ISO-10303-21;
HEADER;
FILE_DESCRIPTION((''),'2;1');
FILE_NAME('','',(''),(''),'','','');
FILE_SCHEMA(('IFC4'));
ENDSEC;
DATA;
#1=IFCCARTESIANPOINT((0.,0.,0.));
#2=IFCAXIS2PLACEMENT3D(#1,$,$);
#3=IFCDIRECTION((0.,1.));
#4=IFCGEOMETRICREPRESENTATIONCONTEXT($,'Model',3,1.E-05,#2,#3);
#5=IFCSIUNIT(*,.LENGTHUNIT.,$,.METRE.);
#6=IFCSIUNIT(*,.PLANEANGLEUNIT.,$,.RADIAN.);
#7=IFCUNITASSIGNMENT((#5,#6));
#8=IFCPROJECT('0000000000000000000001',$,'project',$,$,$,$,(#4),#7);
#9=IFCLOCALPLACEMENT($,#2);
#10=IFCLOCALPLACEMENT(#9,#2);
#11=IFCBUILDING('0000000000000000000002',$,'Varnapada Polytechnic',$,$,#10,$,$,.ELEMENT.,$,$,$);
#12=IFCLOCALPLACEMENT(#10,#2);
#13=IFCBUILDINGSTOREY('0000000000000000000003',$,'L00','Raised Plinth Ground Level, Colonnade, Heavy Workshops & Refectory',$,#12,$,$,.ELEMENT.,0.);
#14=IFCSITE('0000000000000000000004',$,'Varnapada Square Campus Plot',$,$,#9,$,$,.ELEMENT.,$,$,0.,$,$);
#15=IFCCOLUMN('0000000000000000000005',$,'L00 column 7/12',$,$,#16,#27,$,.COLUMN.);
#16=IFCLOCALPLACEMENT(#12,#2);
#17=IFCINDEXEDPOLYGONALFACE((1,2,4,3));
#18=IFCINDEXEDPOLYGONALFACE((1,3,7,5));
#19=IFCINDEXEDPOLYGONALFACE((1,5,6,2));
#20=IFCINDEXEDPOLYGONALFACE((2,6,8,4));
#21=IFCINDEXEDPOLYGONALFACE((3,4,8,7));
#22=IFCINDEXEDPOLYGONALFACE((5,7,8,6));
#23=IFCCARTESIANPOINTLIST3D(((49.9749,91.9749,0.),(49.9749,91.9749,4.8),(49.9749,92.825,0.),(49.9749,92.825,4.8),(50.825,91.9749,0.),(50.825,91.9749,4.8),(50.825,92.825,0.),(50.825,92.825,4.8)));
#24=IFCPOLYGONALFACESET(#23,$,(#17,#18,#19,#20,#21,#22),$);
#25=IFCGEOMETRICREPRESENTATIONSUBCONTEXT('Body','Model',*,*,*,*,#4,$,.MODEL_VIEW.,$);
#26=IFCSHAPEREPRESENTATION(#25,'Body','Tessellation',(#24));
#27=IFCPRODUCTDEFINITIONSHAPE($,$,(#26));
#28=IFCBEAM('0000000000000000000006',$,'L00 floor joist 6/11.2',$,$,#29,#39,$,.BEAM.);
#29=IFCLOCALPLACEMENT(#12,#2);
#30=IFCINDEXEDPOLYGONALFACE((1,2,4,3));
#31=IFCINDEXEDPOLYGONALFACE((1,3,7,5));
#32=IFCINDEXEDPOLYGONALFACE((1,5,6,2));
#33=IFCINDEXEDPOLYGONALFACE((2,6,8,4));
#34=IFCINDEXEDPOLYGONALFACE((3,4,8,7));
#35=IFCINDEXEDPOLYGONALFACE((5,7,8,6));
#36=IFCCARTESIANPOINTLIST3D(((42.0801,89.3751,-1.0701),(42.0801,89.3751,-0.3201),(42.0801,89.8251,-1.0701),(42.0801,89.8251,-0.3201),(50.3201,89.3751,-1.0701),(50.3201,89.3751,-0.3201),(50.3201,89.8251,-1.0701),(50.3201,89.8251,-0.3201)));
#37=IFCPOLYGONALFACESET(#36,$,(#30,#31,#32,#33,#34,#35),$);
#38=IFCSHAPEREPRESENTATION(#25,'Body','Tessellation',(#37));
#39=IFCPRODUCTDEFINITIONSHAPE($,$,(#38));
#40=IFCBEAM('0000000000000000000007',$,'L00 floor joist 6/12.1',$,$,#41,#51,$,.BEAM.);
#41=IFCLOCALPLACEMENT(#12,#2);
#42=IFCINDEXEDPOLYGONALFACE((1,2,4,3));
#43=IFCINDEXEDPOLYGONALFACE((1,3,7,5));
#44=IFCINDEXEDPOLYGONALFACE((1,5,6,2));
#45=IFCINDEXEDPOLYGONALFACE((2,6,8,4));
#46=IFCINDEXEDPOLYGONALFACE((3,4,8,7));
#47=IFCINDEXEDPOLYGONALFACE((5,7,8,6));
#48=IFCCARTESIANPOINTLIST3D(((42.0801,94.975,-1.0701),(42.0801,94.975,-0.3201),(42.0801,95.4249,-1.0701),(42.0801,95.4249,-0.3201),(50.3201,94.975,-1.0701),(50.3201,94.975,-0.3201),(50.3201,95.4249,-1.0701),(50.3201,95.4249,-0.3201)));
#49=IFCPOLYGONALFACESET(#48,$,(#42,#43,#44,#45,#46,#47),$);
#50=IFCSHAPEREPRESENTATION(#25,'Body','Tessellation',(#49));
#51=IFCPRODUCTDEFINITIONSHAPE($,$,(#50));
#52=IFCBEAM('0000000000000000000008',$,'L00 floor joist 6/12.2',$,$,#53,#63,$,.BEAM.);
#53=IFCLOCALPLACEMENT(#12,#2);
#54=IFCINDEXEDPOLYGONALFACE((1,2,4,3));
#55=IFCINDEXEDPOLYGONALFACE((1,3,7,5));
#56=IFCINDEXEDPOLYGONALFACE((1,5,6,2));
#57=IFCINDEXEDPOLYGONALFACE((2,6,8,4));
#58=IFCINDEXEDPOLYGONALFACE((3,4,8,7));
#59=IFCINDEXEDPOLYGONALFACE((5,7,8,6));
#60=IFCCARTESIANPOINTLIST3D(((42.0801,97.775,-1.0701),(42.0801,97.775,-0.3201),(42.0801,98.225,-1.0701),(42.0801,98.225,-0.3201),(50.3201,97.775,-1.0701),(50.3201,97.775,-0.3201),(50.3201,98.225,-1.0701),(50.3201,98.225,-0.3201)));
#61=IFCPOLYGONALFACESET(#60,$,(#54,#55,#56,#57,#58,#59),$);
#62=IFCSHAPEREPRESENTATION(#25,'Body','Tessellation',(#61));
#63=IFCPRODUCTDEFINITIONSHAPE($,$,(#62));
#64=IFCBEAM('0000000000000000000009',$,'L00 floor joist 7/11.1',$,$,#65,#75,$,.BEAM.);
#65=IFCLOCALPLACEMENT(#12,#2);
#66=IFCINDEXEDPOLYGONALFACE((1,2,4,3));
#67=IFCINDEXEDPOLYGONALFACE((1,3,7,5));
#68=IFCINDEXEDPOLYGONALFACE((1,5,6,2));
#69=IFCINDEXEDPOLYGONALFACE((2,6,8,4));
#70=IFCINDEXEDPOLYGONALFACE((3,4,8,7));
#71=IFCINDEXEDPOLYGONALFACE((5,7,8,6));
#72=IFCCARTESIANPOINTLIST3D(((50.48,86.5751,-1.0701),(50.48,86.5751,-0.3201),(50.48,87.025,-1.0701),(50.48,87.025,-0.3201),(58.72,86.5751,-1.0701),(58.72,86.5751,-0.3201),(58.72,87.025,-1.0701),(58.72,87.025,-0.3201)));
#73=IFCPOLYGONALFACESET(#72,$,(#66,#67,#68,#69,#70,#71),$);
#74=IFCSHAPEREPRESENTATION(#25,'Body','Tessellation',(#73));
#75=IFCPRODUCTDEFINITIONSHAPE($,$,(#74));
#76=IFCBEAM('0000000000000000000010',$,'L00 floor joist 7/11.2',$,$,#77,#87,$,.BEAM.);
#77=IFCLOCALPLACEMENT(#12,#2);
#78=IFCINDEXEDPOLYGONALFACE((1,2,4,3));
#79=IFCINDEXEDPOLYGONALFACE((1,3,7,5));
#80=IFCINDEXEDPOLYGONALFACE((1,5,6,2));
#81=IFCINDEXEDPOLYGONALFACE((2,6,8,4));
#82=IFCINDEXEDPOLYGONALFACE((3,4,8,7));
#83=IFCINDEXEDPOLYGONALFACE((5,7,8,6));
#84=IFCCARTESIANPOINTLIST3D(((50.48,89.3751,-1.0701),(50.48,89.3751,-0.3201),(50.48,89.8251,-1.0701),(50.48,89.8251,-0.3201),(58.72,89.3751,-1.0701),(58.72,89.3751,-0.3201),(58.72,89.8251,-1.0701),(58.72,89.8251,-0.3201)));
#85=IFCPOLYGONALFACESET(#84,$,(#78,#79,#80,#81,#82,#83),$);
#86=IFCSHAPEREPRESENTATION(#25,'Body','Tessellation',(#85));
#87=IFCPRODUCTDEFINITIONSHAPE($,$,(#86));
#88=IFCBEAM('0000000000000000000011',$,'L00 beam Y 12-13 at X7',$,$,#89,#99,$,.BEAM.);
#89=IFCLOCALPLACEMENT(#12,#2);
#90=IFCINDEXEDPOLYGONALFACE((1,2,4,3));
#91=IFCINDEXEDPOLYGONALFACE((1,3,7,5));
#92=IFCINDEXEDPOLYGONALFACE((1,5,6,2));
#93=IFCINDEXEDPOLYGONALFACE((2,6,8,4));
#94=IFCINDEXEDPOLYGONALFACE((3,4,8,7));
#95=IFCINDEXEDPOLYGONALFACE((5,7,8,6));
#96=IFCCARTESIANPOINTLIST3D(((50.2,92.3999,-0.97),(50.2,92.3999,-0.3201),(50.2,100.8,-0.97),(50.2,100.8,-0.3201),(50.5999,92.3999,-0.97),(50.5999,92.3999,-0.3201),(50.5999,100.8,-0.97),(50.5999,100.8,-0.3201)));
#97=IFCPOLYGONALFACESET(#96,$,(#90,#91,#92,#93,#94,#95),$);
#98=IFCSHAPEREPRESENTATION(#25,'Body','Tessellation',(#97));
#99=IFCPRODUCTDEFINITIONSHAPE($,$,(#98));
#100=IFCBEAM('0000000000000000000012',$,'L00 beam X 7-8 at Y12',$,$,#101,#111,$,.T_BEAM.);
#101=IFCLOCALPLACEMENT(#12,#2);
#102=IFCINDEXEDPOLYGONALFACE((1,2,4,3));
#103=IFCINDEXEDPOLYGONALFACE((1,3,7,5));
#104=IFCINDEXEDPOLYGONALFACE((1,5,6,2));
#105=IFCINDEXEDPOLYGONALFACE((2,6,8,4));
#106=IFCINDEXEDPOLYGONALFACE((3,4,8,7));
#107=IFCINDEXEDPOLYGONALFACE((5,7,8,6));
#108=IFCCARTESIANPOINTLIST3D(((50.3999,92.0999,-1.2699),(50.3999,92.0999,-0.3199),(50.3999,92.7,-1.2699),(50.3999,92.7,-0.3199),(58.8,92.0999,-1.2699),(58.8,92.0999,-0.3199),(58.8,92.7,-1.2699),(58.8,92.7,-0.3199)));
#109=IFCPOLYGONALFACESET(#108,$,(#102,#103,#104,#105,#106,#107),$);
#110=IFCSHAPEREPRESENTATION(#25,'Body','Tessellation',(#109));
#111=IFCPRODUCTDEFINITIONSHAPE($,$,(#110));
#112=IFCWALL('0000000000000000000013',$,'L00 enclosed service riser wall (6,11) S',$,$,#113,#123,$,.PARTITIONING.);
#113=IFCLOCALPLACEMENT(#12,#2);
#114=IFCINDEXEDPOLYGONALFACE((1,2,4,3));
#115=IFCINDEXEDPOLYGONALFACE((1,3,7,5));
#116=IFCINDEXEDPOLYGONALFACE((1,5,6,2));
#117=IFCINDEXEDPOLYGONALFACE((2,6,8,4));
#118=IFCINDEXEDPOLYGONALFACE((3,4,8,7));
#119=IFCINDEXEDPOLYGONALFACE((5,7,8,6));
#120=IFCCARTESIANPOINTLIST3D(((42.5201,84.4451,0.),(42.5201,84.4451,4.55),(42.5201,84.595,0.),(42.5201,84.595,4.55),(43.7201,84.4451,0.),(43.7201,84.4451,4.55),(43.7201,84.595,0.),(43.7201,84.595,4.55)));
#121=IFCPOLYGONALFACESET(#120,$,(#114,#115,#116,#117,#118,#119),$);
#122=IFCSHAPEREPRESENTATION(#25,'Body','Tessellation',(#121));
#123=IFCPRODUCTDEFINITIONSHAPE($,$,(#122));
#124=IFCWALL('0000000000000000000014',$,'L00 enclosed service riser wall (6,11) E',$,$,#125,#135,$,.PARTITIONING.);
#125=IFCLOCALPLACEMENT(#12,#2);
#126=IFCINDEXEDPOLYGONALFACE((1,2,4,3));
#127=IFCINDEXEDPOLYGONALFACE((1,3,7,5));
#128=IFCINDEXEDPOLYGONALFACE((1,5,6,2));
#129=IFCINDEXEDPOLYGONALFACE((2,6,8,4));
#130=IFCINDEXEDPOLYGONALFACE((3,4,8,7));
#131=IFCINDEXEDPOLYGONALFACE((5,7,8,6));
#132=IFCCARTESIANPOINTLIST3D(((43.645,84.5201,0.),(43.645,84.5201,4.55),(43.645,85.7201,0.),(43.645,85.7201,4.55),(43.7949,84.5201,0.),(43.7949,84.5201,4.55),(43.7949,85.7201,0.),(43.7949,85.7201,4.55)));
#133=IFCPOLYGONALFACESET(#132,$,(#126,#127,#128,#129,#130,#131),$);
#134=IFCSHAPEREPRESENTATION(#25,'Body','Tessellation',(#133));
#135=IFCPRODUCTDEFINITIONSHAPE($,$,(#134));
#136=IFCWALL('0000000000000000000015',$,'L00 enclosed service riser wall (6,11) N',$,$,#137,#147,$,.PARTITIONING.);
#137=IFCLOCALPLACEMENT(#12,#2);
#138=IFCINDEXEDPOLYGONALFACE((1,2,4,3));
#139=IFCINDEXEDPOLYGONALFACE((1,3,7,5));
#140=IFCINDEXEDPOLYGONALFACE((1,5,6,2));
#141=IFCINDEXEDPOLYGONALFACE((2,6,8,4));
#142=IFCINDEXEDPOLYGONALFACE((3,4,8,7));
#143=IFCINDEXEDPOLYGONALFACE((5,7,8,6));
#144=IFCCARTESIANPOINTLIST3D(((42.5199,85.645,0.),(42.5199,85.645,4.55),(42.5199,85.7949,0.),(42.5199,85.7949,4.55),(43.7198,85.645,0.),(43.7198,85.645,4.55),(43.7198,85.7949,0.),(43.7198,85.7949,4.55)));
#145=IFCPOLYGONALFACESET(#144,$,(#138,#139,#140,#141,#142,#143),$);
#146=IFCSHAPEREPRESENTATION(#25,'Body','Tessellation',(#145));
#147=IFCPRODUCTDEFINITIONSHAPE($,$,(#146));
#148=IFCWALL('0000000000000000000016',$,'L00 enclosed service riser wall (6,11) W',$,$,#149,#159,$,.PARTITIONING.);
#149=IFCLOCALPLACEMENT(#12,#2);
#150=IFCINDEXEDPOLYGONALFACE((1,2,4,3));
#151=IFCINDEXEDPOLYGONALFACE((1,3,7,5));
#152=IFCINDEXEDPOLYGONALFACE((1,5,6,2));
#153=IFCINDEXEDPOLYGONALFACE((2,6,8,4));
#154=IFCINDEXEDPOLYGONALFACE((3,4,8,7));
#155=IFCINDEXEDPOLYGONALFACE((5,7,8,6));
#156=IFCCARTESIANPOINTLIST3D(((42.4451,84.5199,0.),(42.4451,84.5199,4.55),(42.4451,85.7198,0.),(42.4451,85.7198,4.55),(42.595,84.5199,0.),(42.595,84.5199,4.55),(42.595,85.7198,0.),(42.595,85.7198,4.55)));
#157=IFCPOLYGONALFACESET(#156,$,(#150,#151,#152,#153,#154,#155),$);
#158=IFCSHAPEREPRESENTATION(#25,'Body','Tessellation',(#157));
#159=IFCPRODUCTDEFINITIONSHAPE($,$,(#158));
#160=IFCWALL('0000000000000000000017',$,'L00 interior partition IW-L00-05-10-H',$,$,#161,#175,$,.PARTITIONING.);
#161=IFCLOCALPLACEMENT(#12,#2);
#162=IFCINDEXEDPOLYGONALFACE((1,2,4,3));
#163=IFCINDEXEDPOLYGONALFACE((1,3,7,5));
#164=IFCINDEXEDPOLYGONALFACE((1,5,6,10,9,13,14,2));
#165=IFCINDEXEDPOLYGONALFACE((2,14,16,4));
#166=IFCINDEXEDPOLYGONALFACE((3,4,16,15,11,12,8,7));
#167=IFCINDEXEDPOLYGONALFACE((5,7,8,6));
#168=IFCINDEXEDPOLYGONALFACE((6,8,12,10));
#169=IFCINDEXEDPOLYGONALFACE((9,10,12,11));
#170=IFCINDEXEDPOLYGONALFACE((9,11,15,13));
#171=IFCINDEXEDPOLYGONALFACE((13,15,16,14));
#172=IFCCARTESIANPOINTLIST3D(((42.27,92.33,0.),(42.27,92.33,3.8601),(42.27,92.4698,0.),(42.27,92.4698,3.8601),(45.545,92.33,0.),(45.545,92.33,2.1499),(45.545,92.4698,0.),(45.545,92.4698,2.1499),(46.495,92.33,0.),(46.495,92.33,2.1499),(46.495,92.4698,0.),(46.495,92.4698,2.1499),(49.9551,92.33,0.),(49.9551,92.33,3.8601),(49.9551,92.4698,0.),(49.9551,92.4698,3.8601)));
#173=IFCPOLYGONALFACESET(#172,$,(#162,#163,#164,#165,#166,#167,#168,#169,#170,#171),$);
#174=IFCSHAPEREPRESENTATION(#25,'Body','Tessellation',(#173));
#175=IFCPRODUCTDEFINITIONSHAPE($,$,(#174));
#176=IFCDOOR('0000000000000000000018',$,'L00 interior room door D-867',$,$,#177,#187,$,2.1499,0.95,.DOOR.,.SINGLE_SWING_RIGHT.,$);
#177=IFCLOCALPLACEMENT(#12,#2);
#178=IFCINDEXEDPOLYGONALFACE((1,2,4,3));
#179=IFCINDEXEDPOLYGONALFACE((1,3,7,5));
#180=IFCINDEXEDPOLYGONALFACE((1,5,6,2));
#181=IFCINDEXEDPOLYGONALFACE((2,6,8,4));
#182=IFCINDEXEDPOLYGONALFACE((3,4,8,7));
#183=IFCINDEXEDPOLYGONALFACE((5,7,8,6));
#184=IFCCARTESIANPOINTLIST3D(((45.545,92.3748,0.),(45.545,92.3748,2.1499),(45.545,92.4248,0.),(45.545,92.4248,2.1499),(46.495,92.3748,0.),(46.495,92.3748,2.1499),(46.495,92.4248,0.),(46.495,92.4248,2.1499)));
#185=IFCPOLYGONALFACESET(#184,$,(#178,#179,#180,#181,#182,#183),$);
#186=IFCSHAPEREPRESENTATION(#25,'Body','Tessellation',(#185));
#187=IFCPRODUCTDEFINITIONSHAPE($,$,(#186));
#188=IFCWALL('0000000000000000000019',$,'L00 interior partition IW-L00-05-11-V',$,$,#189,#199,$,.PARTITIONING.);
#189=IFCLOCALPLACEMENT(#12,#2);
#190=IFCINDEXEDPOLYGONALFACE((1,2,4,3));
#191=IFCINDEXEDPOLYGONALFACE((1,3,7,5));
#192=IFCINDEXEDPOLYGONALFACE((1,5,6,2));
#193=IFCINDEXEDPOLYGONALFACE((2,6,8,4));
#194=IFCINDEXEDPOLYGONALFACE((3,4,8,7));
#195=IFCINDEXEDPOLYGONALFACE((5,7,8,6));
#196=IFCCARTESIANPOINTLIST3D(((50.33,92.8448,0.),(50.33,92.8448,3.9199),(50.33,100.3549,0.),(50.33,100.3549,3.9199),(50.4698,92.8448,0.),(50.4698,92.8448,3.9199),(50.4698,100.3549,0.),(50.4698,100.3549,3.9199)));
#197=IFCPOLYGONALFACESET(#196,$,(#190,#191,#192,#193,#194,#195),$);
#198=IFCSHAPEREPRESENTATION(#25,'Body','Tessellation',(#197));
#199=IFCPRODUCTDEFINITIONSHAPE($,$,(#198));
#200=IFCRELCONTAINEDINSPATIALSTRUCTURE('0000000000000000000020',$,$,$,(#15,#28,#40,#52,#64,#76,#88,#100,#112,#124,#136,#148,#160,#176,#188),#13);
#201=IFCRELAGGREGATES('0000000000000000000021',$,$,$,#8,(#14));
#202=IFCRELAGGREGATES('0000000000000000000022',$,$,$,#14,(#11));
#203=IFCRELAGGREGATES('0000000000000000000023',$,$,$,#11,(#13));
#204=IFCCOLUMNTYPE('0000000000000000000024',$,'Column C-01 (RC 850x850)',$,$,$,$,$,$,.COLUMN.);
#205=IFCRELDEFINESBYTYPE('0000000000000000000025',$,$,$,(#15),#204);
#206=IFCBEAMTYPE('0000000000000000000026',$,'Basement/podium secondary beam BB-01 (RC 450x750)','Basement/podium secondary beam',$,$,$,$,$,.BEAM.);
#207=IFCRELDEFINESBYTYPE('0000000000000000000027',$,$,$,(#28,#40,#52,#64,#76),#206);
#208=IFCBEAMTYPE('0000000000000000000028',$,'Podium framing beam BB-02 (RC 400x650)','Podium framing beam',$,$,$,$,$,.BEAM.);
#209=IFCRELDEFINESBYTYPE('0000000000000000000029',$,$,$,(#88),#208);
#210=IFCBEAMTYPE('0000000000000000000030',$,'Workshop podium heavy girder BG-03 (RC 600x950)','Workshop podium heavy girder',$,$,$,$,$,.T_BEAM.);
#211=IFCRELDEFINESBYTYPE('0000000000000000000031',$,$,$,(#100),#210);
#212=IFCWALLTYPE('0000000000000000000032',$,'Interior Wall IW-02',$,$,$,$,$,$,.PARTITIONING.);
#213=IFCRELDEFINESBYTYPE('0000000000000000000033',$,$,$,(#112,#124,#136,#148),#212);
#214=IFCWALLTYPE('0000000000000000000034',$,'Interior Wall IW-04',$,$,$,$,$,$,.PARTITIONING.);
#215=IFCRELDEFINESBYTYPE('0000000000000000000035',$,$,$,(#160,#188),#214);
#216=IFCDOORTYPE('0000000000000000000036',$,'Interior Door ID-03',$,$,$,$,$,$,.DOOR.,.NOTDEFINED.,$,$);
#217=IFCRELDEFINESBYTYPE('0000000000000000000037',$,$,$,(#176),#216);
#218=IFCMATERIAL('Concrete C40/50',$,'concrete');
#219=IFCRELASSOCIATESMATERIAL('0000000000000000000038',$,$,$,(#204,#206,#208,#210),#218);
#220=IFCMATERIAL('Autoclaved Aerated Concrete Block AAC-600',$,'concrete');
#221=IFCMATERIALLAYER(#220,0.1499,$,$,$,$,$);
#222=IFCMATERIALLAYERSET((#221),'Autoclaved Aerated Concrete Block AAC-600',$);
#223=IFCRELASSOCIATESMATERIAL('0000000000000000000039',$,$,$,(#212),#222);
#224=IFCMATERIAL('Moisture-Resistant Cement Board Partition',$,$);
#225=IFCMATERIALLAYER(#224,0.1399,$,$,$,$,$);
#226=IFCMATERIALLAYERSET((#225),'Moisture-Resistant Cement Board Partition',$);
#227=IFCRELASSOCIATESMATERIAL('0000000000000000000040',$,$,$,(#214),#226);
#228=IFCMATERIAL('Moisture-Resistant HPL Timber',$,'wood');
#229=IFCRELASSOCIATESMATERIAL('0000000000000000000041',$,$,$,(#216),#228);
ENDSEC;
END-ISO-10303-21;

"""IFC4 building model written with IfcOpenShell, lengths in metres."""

from ifc_helpers import new_model, si_unit, direction, frame, frame_2d, origin, origin_2d, place, context, subcontext, project, spatial, rectangle, extrude, material, layer, layer_set, material_profile, profile_set, type_object, element, fill, save


model = new_model("IFC4")

# Units and contexts
model_context = context("Model", 3, precision=1e-05, world=origin(), true_north=direction((0.0, 1.0)))
body_context = subcontext(model_context, "Body", "Model", "MODEL_VIEW")
ifc_project = project(units=[si_unit("LENGTHUNIT", "METRE"), si_unit("PLANEANGLEUNIT", "RADIAN")], contexts=[model_context])

# Site, building, storey
site_placement = place(None, origin())
site = spatial("IfcSite", under=ifc_project, at=site_placement, Name="Varnapada Square Campus Plot", CompositionType="ELEMENT", RefElevation=0.0)
building_placement = place(site_placement, origin())
building = spatial("IfcBuilding", under=site, at=building_placement, Name="Varnapada Polytechnic", CompositionType="ELEMENT")
storey_placement = place(building_placement, origin())
storey = spatial("IfcBuildingStorey", under=building, at=storey_placement, Name="L00", Description="Raised Plinth Ground Level, Colonnade, Heavy Workshops & Refectory", CompositionType="ELEMENT", Elevation=0.0)

# Column
ifc_material_1 = material(Name="Concrete C40/50", Category="concrete")
ifc_material_profile_1 = material_profile(ifc_material_1, rectangle(XDim=0.8501, YDim=0.8501, at=origin_2d()), Name="RC 850x850")
ifc_profile_set_1 = profile_set([ifc_material_profile_1], Name="Concrete C40/50")
column_type = type_object("IfcColumnType", Name="Column C-01 (RC 850x850)", PredefinedType="COLUMN", material=ifc_profile_set_1)
column_placement = place(storey_placement, frame((50.3999, 92.3999, 0.0), z_axis=(0.0, 0.0, 1.0), x_axis=(1.0, 0.0, 0.0)))
element("IfcColumn", 1, at=column_placement, inside=storey, type_object=column_type, Name="L00 column 7/12", PredefinedType="COLUMN", context=body_context, shape_type="SweptSolid", body=[
    extrude(rectangle(XDim=0.8501, YDim=0.8501, at=origin_2d()), origin(), (0.0, 0.0, 1.0), 4.8),
])

# Beams
ifc_material_profile_2 = material_profile(ifc_material_1, rectangle(XDim=0.45, YDim=0.75, at=origin_2d()), Name="RC 450x750")
ifc_profile_set_2 = profile_set([ifc_material_profile_2], Name="Concrete C40/50")
beam_type_1 = type_object("IfcBeamType", Name="Basement/podium secondary beam BB-01 (RC 450x750)", Description="Basement/podium secondary beam", PredefinedType="BEAM", material=ifc_profile_set_2)
for number, where, z_axis, x_axis, name in (
    (2, (42.0801, 89.6001, -0.6951), (1.0, 0.0, 0.0), (0.0, 1.0, 0.0), "L00 floor joist 6/11.2"),
    (3, (42.0801, 95.2, -0.6951), (1.0, 0.0, 0.0), (0.0, 1.0, 0.0), "L00 floor joist 6/12.1"),
    (4, (42.0801, 98.0, -0.6951), (1.0, 0.0, 0.0), (0.0, 1.0, 0.0), "L00 floor joist 6/12.2"),
    (5, (50.48, 86.8, -0.6951), (1.0, 0.0, 0.0), (0.0, 1.0, 0.0), "L00 floor joist 7/11.1"),
    (6, (50.48, 89.6001, -0.6951), (1.0, 0.0, 0.0), (0.0, 1.0, 0.0), "L00 floor joist 7/11.2"),
):
    element("IfcBeam", number, at=place(storey_placement, frame(where, z_axis=z_axis, x_axis=x_axis)), inside=storey, type_object=beam_type_1, Name=name, PredefinedType="BEAM", context=body_context, shape_type="SweptSolid", body=[
        extrude(rectangle(XDim=0.45, YDim=0.75, at=origin_2d()), origin(), (0.0, 0.0, 1.0), 8.24),
    ])
ifc_material_profile_3 = material_profile(ifc_material_1, rectangle(XDim=0.3999, YDim=0.6499, at=origin_2d()), Name="RC 400x650")
ifc_profile_set_3 = profile_set([ifc_material_profile_3], Name="Concrete C40/50")
beam_type_2 = type_object("IfcBeamType", Name="Podium framing beam BB-02 (RC 400x650)", Description="Podium framing beam", PredefinedType="BEAM", material=ifc_profile_set_3)
beam_1_placement = place(storey_placement, frame((50.3999, 92.3999, -0.645), z_axis=(0.0, 1.0, 0.0), x_axis=(-1.0, 0.0, 0.0)))
element("IfcBeam", 7, at=beam_1_placement, inside=storey, type_object=beam_type_2, Name="L00 beam Y 12-13 at X7", PredefinedType="BEAM", context=body_context, shape_type="SweptSolid", body=[
    extrude(rectangle(XDim=0.3999, YDim=0.6499, at=origin_2d()), origin(), (0.0, 0.0, 1.0), 8.4001),
])
ifc_material_profile_4 = material_profile(ifc_material_1, rectangle(XDim=0.6001, YDim=0.95, at=origin_2d()), Name="RC 600x950")
ifc_profile_set_4 = profile_set([ifc_material_profile_4], Name="Concrete C40/50")
beam_type_3 = type_object("IfcBeamType", Name="Workshop podium heavy girder BG-03 (RC 600x950)", Description="Workshop podium heavy girder", PredefinedType="T_BEAM", material=ifc_profile_set_4)
beam_2_placement = place(storey_placement, frame((50.3999, 92.3999, -0.7949), z_axis=(1.0, 0.0, 0.0), x_axis=(0.0, 1.0, 0.0)))
element("IfcBeam", 8, at=beam_2_placement, inside=storey, type_object=beam_type_3, Name="L00 beam X 7-8 at Y12", PredefinedType="T_BEAM", context=body_context, shape_type="SweptSolid", body=[
    extrude(rectangle(XDim=0.6001, YDim=0.95, at=origin_2d()), origin(), (0.0, 0.0, 1.0), 8.4001),
])

# Walls
ifc_material_2 = material(Name="Autoclaved Aerated Concrete Block AAC-600", Category="concrete")
ifc_layer_1 = layer(ifc_material_2, 0.1499)
ifc_layer_set_1 = layer_set([ifc_layer_1], Name="Autoclaved Aerated Concrete Block AAC-600")
wall_type_1 = type_object("IfcWallType", Name="Interior Wall IW-02", PredefinedType="PARTITIONING", material=ifc_layer_set_1)
for number, where, z_axis, x_axis, name in (
    (9, (42.52, 84.52, 0.0), (0.0, 0.0, 1.0), (1.0, 0.0, 0.0), "L00 enclosed service riser wall (6,11) S"),
    (10, (43.72, 84.52, 0.0), (0.0, 0.0, 1.0), (0.0, 1.0, 0.0), "L00 enclosed service riser wall (6,11) E"),
    (11, (43.72, 85.72, 0.0), (0.0, 0.0, 1.0), (-1.0, 0.0, 0.0), "L00 enclosed service riser wall (6,11) N"),
    (12, (42.52, 85.72, 0.0), (0.0, 0.0, 1.0), (0.0, -1.0, 0.0), "L00 enclosed service riser wall (6,11) W"),
):
    element("IfcWall", number, at=place(storey_placement, frame(where, z_axis=z_axis, x_axis=x_axis)), inside=storey, type_object=wall_type_1, Name=name, PredefinedType="PARTITIONING", context=body_context, shape_type="SweptSolid", body=[
        extrude(rectangle(XDim=1.2, YDim=0.1499, at=frame_2d((0.6001, 0.0))), origin(), (0.0, 0.0, 1.0), 4.55),
    ])

# Wall, opening, door
ifc_material_3 = material(Name="Moisture-Resistant Cement Board Partition")
ifc_layer_2 = layer(ifc_material_3, 0.1399)
ifc_layer_set_2 = layer_set([ifc_layer_2], Name="Moisture-Resistant Cement Board Partition")
wall_type_2 = type_object("IfcWallType", Name="Interior Wall IW-04", PredefinedType="PARTITIONING", material=ifc_layer_set_2)
wall_1_placement = place(storey_placement, frame((42.27, 92.3999, 0.0), z_axis=(0.0, 0.0, 1.0), x_axis=(1.0, 0.0, 0.0)))
wall_1 = element("IfcWall", 13, at=wall_1_placement, inside=storey, type_object=wall_type_2, Name="L00 interior partition IW-L00-05-10-H", PredefinedType="PARTITIONING", context=body_context, shape_type="SweptSolid", body=[
    extrude(rectangle(XDim=7.6851, YDim=0.1399, at=frame_2d((3.8425, 0.0))), origin(), (0.0, 0.0, 1.0), 3.8601),
])
opening_1_placement = place(wall_1_placement, frame((3.2749, 0.0, 0.0)))
opening_1 = element("IfcOpeningElement", 14, at=opening_1_placement, cuts=wall_1, PredefinedType="OPENING", context=body_context, shape_type="SweptSolid", body=[
    extrude(rectangle(XDim=0.95, YDim=2.1499, at=frame_2d((0.4751, 1.075))), frame((0.0, 0.0798, 0.0), z_axis=(0.0, -1.0, 0.0), x_axis=(1.0, 0.0, 0.0)), (0.0, 0.0, 1.0), 0.1599),
])
ifc_material_4 = material(Name="Moisture-Resistant HPL Timber", Category="wood")
door_type_1 = type_object("IfcDoorType", Name="Interior Door ID-03", OperationType="NOTDEFINED", PredefinedType="DOOR", material=ifc_material_4)
door_1_placement = place(opening_1_placement, origin())
door_1 = element("IfcDoor", 15, at=door_1_placement, inside=storey, type_object=door_type_1, Name="L00 interior room door D-867", OperationType="SINGLE_SWING_RIGHT", OverallHeight=2.1499, OverallWidth=0.95, PredefinedType="DOOR", context=body_context, shape_type="SweptSolid", body=[
    extrude(rectangle(XDim=0.95, YDim=2.1499, at=frame_2d((0.4751, 1.075))), frame((0.0, 0.0249, 0.0), z_axis=(0.0, -1.0, 0.0), x_axis=(1.0, 0.0, 0.0)), (0.0, 0.0, 1.0), 0.05),
])
fill(opening_1, door_1)

# Wall
wall_2_placement = place(storey_placement, frame((50.3999, 92.845, 0.0), z_axis=(0.0, 0.0, 1.0), x_axis=(0.0, 1.0, 0.0)))
element("IfcWall", 16, at=wall_2_placement, inside=storey, type_object=wall_type_2, Name="L00 interior partition IW-L00-05-11-V", PredefinedType="PARTITIONING", context=body_context, shape_type="SweptSolid", body=[
    extrude(rectangle(XDim=7.51, YDim=0.1399, at=frame_2d((3.7549, 0.0))), origin(), (0.0, 0.0, 1.0), 3.9199),
])

save(model, "model.ifc")
